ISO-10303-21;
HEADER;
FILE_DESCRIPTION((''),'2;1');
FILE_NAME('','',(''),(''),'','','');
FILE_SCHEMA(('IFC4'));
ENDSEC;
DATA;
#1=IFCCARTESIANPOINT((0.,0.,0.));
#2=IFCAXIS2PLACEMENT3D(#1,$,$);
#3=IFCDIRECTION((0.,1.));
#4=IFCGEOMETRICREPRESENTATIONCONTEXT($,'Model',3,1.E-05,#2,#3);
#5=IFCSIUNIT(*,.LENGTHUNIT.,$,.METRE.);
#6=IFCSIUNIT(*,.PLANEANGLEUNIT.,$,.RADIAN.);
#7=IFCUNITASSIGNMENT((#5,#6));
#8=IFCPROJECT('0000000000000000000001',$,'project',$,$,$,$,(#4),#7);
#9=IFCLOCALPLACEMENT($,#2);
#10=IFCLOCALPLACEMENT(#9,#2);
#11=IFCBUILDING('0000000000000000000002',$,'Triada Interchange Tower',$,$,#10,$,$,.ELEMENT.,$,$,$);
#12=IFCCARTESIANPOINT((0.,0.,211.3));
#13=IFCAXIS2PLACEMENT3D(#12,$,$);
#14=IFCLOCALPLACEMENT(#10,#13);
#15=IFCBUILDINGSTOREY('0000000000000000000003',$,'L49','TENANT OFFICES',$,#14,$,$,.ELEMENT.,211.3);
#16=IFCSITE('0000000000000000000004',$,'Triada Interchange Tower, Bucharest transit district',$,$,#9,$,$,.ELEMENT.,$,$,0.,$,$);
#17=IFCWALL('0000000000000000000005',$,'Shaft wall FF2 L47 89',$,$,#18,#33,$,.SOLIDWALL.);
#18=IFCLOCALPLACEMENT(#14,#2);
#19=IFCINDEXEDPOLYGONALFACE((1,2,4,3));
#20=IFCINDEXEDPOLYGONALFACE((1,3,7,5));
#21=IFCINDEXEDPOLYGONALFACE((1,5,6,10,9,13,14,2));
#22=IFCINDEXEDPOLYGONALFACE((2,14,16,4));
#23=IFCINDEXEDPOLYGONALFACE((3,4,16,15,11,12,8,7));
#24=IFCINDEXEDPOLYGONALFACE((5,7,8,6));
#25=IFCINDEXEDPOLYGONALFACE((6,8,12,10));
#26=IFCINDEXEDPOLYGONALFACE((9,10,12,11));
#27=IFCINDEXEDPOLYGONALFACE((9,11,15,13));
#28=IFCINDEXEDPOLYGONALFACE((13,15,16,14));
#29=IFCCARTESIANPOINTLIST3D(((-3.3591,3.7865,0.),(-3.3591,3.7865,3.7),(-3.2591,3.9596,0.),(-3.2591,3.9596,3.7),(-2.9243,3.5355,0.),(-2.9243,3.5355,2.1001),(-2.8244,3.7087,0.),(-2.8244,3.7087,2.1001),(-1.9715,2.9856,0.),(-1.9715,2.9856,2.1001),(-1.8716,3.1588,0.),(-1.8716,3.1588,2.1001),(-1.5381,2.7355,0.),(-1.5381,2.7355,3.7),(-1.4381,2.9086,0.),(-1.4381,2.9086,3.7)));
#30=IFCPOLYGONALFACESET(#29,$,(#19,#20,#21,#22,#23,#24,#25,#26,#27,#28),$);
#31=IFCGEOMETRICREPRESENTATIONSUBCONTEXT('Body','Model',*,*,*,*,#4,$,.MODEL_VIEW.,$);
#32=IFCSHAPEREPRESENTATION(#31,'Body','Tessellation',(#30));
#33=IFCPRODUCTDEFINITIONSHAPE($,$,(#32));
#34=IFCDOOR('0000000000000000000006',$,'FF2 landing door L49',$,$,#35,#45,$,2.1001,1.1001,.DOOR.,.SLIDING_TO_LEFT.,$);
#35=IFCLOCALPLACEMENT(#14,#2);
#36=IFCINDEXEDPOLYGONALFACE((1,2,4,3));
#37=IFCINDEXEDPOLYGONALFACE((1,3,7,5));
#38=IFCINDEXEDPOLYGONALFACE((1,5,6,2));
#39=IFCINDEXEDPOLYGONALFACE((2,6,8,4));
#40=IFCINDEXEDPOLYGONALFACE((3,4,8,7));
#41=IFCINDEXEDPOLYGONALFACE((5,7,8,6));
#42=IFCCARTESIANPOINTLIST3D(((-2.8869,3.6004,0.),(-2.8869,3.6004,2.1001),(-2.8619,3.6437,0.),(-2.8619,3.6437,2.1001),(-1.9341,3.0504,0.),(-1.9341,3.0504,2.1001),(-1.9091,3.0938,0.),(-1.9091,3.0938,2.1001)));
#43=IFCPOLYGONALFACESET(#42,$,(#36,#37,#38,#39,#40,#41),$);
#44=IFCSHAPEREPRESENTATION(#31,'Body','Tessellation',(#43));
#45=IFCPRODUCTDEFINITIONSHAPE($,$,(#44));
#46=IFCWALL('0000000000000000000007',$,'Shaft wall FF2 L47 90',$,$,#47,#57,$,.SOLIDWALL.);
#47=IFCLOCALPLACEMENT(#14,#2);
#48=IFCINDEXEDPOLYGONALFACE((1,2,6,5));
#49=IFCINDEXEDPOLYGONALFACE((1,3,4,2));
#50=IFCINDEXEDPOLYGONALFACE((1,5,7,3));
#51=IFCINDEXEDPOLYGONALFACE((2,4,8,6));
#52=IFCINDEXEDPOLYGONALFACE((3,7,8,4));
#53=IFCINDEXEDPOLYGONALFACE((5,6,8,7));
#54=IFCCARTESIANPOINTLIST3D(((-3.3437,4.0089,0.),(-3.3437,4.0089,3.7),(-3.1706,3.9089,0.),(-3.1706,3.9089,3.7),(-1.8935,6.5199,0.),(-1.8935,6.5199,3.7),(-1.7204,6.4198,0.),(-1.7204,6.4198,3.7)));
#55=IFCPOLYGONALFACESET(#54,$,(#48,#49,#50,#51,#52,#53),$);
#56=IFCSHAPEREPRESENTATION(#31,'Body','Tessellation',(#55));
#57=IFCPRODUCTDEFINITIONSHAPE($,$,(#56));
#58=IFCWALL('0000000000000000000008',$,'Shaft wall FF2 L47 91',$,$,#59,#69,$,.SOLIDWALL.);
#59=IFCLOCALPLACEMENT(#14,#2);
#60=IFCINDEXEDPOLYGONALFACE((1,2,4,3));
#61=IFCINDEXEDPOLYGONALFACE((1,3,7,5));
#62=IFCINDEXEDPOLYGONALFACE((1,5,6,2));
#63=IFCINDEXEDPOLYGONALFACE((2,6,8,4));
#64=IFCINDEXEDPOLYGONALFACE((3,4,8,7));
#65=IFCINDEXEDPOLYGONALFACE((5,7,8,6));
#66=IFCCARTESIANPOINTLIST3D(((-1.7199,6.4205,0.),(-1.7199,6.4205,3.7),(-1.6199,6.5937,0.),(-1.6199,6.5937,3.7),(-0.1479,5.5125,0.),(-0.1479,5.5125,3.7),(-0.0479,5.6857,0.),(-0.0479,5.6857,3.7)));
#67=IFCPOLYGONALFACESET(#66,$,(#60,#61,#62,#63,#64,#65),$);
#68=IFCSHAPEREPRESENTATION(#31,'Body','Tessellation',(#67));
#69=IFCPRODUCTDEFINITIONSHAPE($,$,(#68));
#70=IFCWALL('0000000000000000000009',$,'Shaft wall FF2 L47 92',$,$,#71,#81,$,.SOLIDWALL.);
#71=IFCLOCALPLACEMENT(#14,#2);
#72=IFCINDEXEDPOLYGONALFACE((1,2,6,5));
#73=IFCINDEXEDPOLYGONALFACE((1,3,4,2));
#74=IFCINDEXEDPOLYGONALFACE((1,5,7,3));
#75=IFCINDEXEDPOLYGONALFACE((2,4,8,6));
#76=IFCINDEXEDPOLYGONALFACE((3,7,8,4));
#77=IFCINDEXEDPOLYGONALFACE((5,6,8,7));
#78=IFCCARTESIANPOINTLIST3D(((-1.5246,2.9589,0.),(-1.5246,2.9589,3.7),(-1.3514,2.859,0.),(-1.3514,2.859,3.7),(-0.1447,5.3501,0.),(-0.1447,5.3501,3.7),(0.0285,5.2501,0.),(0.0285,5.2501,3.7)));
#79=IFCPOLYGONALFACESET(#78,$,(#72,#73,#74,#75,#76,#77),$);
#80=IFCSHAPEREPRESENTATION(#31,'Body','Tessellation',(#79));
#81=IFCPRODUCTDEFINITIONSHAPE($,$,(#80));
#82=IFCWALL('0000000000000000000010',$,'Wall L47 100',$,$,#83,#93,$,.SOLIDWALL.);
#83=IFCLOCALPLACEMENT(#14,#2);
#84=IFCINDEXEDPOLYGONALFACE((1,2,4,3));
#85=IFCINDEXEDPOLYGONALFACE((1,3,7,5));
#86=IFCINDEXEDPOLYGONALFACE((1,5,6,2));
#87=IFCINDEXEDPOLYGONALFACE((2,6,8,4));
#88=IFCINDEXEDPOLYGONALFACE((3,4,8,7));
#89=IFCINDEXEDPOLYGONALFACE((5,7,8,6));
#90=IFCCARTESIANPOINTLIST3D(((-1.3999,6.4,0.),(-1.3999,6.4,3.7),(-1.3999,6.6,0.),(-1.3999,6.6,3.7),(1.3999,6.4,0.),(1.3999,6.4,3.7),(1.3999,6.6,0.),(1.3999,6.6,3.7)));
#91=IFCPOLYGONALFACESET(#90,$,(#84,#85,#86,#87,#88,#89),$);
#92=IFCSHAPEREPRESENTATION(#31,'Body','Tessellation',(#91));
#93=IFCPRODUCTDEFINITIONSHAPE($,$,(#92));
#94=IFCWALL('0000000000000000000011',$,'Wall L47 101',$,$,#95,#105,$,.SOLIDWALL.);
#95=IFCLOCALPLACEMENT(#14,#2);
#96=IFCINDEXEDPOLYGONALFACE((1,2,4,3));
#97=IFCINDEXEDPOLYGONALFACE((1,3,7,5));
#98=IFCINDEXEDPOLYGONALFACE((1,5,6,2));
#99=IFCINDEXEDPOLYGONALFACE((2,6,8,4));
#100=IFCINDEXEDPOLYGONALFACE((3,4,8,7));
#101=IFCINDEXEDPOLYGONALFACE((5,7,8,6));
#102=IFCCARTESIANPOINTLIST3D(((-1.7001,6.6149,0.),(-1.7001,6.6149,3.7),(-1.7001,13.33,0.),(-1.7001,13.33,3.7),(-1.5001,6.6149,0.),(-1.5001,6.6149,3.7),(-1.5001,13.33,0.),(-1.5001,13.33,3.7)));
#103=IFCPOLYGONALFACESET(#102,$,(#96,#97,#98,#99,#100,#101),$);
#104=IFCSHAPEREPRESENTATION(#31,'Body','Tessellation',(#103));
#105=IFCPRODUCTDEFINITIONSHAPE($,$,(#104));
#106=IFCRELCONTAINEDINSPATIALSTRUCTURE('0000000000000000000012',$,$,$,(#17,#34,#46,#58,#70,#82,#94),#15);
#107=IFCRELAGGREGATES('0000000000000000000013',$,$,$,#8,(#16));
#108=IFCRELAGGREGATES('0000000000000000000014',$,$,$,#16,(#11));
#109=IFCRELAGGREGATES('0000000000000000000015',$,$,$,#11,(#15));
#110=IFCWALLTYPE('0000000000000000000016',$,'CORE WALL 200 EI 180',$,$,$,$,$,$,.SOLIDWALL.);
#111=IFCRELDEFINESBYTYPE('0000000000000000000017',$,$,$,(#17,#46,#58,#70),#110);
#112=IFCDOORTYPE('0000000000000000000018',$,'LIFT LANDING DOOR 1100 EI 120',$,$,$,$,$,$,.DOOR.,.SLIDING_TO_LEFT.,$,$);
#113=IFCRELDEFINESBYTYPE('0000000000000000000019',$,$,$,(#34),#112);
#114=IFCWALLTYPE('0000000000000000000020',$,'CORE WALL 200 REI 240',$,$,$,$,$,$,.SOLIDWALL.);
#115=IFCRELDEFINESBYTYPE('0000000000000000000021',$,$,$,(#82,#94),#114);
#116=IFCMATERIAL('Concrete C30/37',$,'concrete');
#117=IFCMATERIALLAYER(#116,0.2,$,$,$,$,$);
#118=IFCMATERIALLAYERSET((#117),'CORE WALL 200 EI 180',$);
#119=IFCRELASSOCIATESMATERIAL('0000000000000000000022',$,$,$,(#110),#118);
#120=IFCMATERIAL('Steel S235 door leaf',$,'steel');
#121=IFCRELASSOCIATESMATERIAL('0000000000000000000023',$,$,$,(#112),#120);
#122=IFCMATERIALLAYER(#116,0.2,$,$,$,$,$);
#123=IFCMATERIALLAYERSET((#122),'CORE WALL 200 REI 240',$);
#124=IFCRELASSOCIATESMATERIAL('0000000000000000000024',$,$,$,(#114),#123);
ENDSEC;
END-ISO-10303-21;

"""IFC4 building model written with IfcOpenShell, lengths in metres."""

from ifc_helpers import new_model, si_unit, direction, frame, frame_2d, origin, place, context, subcontext, project, spatial, rectangle, extrude, material, layer, layer_set, type_object, element, fill, save


model = new_model("IFC4")

# Units and contexts
model_context = context("Model", 3, precision=1e-05, world=origin(), true_north=direction((0.0, 1.0)))
body_context = subcontext(model_context, "Body", "Model", "MODEL_VIEW")
ifc_project = project(units=[si_unit("LENGTHUNIT", "METRE"), si_unit("PLANEANGLEUNIT", "RADIAN")], contexts=[model_context])

# Site, building, storey
site_placement = place(None, origin())
site = spatial("IfcSite", under=ifc_project, at=site_placement, Name="Triada Interchange Tower, Bucharest transit district", CompositionType="ELEMENT", RefElevation=0.0)
building_placement = place(site_placement, origin())
building = spatial("IfcBuilding", under=site, at=building_placement, Name="Triada Interchange Tower", CompositionType="ELEMENT")
storey_placement = place(building_placement, frame((0.0, 0.0, 211.3)))
storey = spatial("IfcBuildingStorey", under=building, at=storey_placement, Name="L49", Description="TENANT OFFICES", CompositionType="ELEMENT", Elevation=211.3)

# Shared definitions
ifc_material_1 = material(Name="Concrete C30/37", Category="concrete")
ifc_layer_1 = layer(ifc_material_1, 0.2)
ifc_layer_set_1 = layer_set([ifc_layer_1], Name="CORE WALL 200 EI 180")
wall_type_1 = type_object("IfcWallType", Name="CORE WALL 200 EI 180", PredefinedType="SOLIDWALL", material=ifc_layer_set_1)

# Shared definitions
ifc_material_2 = material(Name="Steel S235 door leaf", Category="steel")

# Wall, opening, door
door_type_1 = type_object("IfcDoorType", Name="LIFT LANDING DOOR 1100 EI 120", OperationType="SLIDING_TO_LEFT", PredefinedType="DOOR", material=ifc_material_2)
wall_1_placement = place(storey_placement, frame((-3.3091, 3.873, 0.0), z_axis=(0.0, 0.0, 1.0), x_axis=(0.866099, -0.499873, 0.0)))
wall_1 = element("IfcWall", 1, at=wall_1_placement, inside=storey, type_object=wall_type_1, Name="Shaft wall FF2 L47 89", PredefinedType="SOLIDWALL", context=body_context, shape_type="SweptSolid", body=[
    extrude(rectangle(XDim=2.1025, YDim=0.2, at=frame_2d((1.0513, 0.0))), origin(), (0.0, 0.0, 1.0), 3.7),
])
opening_1_placement = place(wall_1_placement, frame((0.502, 0.0, 0.0)))
opening_1 = element("IfcOpeningElement", 2, at=opening_1_placement, cuts=wall_1, PredefinedType="OPENING", context=body_context, shape_type="SweptSolid", body=[
    extrude(rectangle(XDim=1.1001, YDim=2.1001, at=frame_2d((0.55, 1.05))), frame((0.0, 0.1099, 0.0), z_axis=(0.0, -1.0, 0.0), x_axis=(1.0, 0.0, 0.0)), (0.0, 0.0, 1.0), 0.22),
])
door_1_placement = place(opening_1_placement, origin())
door_1 = element("IfcDoor", 3, at=door_1_placement, inside=storey, type_object=door_type_1, Name="FF2 landing door L49", OperationType="SLIDING_TO_LEFT", OverallHeight=2.1001, OverallWidth=1.1001, PredefinedType="DOOR", context=body_context, shape_type="SweptSolid", body=[
    extrude(rectangle(XDim=1.1001, YDim=2.1001, at=frame_2d((0.55, 1.05))), frame((0.0, 0.0249, 0.0), z_axis=(0.0, -1.0, 0.0), x_axis=(1.0, 0.0, 0.0)), (0.0, 0.0, 1.0), 0.05),
])
fill(opening_1, door_1)

# Walls
wall_2_placement = place(storey_placement, frame((-3.2571, 3.959, 0.0), z_axis=(0.0, 0.0, 1.0), x_axis=(0.500123, 0.865954, 0.0)))
element("IfcWall", 4, at=wall_2_placement, inside=storey, type_object=wall_type_1, Name="Shaft wall FF2 L47 90", PredefinedType="SOLIDWALL", context=body_context, shape_type="SweptSolid", body=[
    extrude(rectangle(XDim=2.8997, YDim=0.2, at=frame_2d((1.4497, 0.0))), origin(), (0.0, 0.0, 1.0), 3.7),
])
wall_3_placement = place(storey_placement, frame((-1.6699, 6.5071, 0.0), z_axis=(0.0, 0.0, 1.0), x_axis=(0.865941, -0.500145, 0.0)))
element("IfcWall", 5, at=wall_3_placement, inside=storey, type_object=wall_type_1, Name="Shaft wall FF2 L47 91", PredefinedType="SOLIDWALL", context=body_context, shape_type="SweptSolid", body=[
    extrude(rectangle(XDim=1.8154, YDim=0.2, at=frame_2d((0.9077, 0.0))), origin(), (0.0, 0.0, 1.0), 3.7),
])
wall_4_placement = place(storey_placement, frame((-1.438, 2.9089, 0.0), z_axis=(0.0, 0.0, 1.0), x_axis=(0.49983, 0.866124, 0.0)))
element("IfcWall", 6, at=wall_4_placement, inside=storey, type_object=wall_type_1, Name="Shaft wall FF2 L47 92", PredefinedType="SOLIDWALL", context=body_context, shape_type="SweptSolid", body=[
    extrude(rectangle(XDim=2.7607, YDim=0.2, at=frame_2d((1.3804, 0.0))), origin(), (0.0, 0.0, 1.0), 3.7),
])
ifc_layer_2 = layer(ifc_material_1, 0.2)
ifc_layer_set_2 = layer_set([ifc_layer_2], Name="CORE WALL 200 REI 240")
wall_type_2 = type_object("IfcWallType", Name="CORE WALL 200 REI 240", PredefinedType="SOLIDWALL", material=ifc_layer_set_2)
wall_5_placement = place(storey_placement, frame((-1.3999, 6.5, 0.0), z_axis=(0.0, 0.0, 1.0), x_axis=(1.0, 0.0, 0.0)))
element("IfcWall", 7, at=wall_5_placement, inside=storey, type_object=wall_type_2, Name="Wall L47 100", PredefinedType="SOLIDWALL", context=body_context, shape_type="SweptSolid", body=[
    extrude(rectangle(XDim=2.7998, YDim=0.2, at=frame_2d((1.3999, 0.0))), origin(), (0.0, 0.0, 1.0), 3.7),
])
wall_6_placement = place(storey_placement, frame((-1.6001, 6.615, 0.0), z_axis=(0.0, 0.0, 1.0), x_axis=(0.0, 1.0, 0.0)))
element("IfcWall", 8, at=wall_6_placement, inside=storey, type_object=wall_type_2, Name="Wall L47 101", PredefinedType="SOLIDWALL", context=body_context, shape_type="SweptSolid", body=[
    extrude(rectangle(XDim=6.7151, YDim=0.2, at=frame_2d((3.3574, 0.0))), origin(), (0.0, 0.0, 1.0), 3.7),
])

save(model, "model.ifc")
